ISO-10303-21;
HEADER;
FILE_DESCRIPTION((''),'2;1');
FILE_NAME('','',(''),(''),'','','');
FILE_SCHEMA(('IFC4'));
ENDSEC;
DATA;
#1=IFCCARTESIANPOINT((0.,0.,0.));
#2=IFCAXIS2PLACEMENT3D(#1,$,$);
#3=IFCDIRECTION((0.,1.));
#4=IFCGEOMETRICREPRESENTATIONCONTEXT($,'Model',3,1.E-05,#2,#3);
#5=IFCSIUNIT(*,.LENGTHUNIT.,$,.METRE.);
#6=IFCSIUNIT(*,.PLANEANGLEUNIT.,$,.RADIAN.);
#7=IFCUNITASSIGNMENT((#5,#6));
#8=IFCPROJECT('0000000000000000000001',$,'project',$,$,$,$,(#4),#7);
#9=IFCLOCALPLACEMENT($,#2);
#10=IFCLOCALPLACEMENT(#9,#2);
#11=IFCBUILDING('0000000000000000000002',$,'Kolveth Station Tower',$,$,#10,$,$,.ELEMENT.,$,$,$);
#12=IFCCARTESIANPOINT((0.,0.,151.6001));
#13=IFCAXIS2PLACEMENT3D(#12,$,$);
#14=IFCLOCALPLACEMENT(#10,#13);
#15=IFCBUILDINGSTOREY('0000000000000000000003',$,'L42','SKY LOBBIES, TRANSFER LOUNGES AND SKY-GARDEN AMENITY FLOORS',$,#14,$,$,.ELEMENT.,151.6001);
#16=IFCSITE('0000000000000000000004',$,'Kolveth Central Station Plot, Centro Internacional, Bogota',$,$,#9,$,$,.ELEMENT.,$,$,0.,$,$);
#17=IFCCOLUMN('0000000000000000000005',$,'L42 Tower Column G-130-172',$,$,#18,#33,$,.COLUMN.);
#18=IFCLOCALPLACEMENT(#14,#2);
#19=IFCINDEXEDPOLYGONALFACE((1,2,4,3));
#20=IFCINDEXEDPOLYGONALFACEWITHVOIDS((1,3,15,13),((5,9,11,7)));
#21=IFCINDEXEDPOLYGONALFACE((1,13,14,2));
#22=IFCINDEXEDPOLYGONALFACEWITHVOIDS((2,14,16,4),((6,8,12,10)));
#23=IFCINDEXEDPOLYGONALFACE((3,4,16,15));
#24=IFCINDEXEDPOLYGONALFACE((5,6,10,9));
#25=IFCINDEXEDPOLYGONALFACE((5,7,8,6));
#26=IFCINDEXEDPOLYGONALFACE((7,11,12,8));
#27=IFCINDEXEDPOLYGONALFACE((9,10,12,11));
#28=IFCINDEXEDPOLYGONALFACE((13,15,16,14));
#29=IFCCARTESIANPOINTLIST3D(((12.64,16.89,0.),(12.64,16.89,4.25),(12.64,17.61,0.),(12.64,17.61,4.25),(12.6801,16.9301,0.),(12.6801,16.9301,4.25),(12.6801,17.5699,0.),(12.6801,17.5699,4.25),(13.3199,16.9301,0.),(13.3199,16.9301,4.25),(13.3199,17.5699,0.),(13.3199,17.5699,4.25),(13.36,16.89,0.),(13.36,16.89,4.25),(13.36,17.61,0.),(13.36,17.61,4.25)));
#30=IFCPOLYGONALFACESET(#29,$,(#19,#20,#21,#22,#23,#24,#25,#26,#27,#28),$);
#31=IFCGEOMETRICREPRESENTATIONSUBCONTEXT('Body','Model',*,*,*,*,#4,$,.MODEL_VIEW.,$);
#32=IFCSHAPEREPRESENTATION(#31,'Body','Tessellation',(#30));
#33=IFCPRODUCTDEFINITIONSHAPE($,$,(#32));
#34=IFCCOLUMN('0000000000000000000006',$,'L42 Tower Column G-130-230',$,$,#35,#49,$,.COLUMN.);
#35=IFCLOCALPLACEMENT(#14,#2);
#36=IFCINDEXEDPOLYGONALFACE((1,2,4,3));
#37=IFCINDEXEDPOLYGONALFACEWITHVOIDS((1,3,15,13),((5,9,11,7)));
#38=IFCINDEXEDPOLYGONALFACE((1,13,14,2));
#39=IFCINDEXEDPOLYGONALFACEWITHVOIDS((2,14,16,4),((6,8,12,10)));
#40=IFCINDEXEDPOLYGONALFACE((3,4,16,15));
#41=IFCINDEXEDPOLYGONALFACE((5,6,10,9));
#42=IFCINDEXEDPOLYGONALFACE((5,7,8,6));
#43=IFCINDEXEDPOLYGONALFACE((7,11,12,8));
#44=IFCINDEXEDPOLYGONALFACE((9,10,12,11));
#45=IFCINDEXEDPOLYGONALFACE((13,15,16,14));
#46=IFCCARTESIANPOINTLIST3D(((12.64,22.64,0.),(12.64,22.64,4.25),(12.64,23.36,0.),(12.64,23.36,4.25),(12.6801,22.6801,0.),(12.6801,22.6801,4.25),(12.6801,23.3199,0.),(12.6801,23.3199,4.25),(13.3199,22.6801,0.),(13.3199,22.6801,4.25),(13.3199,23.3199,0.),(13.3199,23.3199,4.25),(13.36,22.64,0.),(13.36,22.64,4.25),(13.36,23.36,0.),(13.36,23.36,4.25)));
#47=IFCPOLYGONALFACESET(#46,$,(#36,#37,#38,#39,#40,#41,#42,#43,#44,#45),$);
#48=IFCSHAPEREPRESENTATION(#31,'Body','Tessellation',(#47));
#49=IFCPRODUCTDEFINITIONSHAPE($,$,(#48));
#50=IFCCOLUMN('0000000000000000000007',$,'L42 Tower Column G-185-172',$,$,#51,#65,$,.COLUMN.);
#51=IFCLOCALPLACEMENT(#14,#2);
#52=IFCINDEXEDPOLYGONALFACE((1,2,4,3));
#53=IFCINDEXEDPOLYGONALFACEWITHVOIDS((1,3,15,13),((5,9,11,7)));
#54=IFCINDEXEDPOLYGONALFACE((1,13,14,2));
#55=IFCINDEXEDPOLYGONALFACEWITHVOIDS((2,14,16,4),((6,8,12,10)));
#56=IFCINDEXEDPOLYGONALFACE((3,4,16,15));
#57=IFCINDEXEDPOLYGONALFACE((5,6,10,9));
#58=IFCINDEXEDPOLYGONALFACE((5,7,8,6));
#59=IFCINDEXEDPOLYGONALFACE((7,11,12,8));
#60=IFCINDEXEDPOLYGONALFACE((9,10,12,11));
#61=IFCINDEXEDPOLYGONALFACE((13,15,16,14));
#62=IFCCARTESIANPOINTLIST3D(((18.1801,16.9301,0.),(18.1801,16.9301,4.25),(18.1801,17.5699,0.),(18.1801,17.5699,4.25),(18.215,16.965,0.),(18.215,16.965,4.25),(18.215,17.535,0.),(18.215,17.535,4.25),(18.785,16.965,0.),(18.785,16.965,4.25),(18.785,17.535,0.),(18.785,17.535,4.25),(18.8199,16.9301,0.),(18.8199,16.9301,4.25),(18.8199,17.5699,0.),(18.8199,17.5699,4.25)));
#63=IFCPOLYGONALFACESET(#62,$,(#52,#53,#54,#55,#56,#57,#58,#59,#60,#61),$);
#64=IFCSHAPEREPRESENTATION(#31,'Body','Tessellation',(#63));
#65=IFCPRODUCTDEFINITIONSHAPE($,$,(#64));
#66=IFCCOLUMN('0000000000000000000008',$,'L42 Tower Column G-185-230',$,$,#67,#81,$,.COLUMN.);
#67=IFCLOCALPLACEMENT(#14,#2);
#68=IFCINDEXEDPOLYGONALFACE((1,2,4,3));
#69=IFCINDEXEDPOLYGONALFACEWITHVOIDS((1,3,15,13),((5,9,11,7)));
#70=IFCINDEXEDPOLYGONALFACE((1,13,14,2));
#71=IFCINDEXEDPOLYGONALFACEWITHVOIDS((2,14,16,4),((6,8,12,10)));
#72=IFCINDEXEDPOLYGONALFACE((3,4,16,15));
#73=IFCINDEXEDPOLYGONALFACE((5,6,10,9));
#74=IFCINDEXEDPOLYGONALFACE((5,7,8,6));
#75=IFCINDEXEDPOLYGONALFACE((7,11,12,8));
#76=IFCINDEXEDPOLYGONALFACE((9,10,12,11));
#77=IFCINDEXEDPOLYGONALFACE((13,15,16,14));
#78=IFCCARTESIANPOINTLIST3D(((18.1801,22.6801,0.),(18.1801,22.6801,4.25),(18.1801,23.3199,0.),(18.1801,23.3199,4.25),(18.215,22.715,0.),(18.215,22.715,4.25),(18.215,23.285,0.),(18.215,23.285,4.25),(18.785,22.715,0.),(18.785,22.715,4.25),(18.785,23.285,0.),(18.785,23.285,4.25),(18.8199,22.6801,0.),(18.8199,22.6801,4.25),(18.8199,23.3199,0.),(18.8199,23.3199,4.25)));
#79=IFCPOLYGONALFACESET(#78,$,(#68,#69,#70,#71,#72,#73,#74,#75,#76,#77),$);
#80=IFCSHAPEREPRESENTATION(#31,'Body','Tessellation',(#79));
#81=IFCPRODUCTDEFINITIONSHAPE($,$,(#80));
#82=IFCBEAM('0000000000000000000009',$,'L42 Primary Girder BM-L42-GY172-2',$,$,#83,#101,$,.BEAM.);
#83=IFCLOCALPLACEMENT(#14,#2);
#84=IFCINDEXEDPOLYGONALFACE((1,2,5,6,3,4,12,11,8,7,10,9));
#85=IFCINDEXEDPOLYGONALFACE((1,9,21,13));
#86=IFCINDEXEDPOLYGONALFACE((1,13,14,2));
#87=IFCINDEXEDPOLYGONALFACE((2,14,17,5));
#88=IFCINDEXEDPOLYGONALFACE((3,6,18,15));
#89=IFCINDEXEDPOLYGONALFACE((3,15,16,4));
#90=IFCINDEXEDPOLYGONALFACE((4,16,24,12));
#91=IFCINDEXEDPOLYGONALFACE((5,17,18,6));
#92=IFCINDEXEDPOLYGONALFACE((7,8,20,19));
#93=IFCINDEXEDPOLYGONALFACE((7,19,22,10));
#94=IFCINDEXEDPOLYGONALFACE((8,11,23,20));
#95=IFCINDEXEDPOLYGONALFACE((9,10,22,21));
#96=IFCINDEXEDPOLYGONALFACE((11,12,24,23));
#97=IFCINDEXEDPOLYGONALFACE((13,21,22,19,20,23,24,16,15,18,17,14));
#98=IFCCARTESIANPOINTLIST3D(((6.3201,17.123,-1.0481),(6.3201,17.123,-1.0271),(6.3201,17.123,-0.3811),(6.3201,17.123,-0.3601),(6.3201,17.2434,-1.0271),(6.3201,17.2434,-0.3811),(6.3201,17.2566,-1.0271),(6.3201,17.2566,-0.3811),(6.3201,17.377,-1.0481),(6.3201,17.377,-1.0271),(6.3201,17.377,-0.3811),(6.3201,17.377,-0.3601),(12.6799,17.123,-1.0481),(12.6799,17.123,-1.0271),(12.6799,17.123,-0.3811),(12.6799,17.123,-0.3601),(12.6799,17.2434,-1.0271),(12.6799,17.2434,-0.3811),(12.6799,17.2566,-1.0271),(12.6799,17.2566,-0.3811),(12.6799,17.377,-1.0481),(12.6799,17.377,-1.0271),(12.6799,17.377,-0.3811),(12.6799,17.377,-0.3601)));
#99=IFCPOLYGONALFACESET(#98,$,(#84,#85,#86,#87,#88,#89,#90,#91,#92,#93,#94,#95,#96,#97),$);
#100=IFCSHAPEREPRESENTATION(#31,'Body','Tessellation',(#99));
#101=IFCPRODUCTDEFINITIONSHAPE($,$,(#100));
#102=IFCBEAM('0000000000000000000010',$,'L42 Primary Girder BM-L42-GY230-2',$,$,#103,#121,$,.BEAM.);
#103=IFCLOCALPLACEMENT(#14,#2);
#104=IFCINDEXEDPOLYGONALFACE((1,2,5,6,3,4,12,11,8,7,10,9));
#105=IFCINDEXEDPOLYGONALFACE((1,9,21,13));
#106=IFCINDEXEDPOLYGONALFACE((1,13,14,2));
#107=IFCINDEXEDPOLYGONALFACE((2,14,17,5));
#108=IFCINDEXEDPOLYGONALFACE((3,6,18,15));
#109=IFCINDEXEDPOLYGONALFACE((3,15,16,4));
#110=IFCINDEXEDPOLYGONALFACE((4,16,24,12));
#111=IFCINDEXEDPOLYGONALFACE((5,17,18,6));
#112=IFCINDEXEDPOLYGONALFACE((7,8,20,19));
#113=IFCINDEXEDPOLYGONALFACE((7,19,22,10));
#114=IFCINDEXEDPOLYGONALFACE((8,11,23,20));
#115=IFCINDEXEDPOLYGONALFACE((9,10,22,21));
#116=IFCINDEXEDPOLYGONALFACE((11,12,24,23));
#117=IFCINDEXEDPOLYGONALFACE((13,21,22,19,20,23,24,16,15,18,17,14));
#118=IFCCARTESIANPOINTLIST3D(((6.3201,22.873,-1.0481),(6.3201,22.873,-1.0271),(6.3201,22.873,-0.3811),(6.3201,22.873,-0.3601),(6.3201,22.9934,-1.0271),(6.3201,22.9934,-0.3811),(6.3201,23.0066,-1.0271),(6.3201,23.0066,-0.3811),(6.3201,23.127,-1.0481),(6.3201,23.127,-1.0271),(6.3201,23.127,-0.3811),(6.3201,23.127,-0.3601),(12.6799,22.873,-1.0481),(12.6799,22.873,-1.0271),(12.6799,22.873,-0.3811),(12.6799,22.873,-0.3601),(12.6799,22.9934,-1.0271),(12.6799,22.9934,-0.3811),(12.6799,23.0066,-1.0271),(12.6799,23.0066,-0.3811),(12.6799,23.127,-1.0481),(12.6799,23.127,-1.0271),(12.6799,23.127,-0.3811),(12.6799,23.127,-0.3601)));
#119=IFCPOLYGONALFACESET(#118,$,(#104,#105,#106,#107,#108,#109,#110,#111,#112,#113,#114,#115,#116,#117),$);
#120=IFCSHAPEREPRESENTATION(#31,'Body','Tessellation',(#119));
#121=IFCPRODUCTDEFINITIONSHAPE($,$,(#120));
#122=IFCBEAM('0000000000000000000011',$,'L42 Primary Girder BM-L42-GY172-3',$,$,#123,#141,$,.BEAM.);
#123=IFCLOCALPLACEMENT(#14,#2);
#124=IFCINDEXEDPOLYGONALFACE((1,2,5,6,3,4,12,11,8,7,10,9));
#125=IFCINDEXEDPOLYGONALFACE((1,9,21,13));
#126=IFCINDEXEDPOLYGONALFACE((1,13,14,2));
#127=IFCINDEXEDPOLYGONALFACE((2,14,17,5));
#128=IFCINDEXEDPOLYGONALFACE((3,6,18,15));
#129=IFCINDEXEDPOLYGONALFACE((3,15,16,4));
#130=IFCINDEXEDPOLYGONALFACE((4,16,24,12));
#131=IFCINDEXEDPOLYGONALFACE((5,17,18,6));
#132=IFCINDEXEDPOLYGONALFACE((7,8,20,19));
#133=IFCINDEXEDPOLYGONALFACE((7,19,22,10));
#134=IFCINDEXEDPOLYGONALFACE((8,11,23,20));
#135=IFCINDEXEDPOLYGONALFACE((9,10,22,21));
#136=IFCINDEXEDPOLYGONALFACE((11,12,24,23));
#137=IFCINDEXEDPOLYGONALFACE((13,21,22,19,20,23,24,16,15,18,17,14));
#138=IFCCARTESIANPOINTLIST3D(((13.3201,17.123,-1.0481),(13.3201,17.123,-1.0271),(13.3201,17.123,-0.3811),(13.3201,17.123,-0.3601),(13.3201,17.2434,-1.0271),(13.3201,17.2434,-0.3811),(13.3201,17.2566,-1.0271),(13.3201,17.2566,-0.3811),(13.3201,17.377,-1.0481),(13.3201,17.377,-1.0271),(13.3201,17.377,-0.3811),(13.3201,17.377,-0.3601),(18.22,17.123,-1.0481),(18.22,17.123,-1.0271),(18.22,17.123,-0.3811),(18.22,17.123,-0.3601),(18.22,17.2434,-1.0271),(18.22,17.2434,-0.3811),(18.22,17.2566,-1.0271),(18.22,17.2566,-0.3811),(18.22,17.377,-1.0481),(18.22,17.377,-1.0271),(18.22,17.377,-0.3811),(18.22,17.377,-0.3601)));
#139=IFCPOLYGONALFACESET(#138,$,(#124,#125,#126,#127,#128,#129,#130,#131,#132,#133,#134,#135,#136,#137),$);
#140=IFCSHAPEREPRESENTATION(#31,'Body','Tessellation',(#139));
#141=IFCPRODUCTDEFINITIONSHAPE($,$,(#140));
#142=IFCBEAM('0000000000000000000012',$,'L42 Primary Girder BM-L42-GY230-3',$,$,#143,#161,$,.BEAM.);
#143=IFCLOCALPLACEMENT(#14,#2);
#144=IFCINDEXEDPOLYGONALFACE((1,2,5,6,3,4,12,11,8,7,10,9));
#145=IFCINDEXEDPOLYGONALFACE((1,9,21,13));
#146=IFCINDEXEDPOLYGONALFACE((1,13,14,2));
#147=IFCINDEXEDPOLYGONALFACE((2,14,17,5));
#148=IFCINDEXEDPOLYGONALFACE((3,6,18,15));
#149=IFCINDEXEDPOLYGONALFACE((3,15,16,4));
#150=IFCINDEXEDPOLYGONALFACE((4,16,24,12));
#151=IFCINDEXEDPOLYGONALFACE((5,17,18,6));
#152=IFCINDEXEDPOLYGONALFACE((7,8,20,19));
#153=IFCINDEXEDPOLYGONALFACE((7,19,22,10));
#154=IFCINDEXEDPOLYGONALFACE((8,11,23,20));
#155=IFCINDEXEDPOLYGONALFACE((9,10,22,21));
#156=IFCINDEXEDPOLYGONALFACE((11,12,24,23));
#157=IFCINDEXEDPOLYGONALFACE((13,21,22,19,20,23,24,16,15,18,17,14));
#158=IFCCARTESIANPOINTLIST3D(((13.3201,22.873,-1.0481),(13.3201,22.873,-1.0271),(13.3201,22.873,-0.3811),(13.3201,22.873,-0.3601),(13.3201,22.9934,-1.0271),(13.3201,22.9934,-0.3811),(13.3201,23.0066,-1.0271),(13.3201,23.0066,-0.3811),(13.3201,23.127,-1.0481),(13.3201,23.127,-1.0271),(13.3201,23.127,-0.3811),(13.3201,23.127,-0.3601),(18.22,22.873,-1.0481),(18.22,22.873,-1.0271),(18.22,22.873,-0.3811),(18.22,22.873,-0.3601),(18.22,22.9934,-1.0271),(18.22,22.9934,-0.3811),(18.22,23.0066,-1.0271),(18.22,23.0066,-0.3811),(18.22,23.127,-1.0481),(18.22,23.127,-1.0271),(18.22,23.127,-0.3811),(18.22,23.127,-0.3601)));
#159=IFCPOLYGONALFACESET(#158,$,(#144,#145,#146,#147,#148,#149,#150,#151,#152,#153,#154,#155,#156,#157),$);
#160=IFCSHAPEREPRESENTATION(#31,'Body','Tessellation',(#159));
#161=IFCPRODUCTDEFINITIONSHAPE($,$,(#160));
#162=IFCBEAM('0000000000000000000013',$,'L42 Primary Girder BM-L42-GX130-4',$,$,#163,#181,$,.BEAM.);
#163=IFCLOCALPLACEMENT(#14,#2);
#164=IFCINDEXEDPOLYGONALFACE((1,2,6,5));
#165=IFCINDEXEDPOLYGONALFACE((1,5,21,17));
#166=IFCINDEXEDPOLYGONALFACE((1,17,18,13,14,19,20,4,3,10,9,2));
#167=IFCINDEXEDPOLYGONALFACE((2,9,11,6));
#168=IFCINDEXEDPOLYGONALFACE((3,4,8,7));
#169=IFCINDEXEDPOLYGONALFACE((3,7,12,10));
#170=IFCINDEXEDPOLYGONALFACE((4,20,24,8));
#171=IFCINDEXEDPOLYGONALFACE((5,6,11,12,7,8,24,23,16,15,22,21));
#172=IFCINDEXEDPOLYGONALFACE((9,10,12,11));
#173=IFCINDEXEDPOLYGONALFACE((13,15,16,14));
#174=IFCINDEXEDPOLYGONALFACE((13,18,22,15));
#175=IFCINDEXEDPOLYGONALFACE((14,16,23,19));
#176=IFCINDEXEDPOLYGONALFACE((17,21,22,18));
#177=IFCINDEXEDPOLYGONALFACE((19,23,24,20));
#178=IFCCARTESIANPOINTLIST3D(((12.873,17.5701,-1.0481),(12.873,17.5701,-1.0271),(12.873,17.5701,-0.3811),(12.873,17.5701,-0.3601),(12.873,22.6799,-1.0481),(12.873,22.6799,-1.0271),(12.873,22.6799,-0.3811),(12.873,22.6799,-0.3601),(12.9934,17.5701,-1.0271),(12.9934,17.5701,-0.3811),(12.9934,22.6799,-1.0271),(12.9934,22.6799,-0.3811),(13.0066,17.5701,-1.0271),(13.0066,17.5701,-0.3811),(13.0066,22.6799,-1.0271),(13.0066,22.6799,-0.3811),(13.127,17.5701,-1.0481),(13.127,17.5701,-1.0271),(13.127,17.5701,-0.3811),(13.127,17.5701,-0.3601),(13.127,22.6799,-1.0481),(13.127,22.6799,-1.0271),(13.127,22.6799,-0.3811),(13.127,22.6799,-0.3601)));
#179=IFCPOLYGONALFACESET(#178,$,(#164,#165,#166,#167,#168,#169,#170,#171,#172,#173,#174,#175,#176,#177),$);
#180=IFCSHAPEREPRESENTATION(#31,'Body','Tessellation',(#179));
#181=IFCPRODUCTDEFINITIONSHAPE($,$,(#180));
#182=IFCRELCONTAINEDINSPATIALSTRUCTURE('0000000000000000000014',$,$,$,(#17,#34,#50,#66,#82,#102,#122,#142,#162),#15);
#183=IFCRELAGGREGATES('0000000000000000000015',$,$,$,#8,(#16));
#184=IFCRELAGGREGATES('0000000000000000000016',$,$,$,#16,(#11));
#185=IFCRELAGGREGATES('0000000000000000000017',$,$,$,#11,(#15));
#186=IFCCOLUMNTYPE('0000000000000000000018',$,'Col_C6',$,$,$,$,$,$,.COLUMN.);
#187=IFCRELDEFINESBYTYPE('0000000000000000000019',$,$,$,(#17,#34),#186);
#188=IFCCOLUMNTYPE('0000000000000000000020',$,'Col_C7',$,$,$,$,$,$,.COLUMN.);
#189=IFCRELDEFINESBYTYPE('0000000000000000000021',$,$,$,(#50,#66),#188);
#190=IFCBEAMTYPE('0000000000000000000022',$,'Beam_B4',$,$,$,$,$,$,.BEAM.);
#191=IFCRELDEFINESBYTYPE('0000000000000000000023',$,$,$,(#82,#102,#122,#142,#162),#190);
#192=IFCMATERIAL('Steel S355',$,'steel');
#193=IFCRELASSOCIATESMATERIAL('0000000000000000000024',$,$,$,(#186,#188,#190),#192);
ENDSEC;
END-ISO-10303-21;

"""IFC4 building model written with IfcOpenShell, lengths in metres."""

from ifc_helpers import new_model, si_unit, direction, frame, origin, origin_2d, place, context, subcontext, project, spatial, hollow_rectangle, i_section, extrude, source, transform, mapped, material, material_profile, profile_set, type_object, element, save


model = new_model("IFC4")

# Units and contexts
model_context = context("Model", 3, precision=1e-05, world=origin(), true_north=direction((0.0, 1.0)))
body_context = subcontext(model_context, "Body", "Model", "MODEL_VIEW")
ifc_project = project(units=[si_unit("LENGTHUNIT", "METRE"), si_unit("PLANEANGLEUNIT", "RADIAN")], contexts=[model_context])

# Site, building, storey
site_placement = place(None, origin())
site = spatial("IfcSite", under=ifc_project, at=site_placement, Name="Kolveth Central Station Plot, Centro Internacional, Bogota", CompositionType="ELEMENT", RefElevation=0.0)
building_placement = place(site_placement, origin())
building = spatial("IfcBuilding", under=site, at=building_placement, Name="Kolveth Station Tower", CompositionType="ELEMENT")
storey_placement = place(building_placement, frame((0.0, 0.0, 151.6001)))
storey = spatial("IfcBuildingStorey", under=building, at=storey_placement, Name="L42", Description="SKY LOBBIES, TRANSFER LOUNGES AND SKY-GARDEN AMENITY FLOORS", CompositionType="ELEMENT", Elevation=151.6001)

# Columns
ifc_material_1 = material(Name="Steel S355", Category="steel")
ifc_material_profile_1 = material_profile(ifc_material_1, hollow_rectangle(XDim=0.72, YDim=0.72, WallThickness=0.04, at=origin_2d()), Name="BOX720x720x40")
ifc_profile_set_1 = profile_set([ifc_material_profile_1], Name="Steel S355")
column_type_1 = type_object("IfcColumnType", Name="Col_C6", PredefinedType="COLUMN", material=ifc_profile_set_1)
shared_shape_1 = source(origin(), body_context, "Body", "SweptSolid", [
    extrude(hollow_rectangle(XDim=0.72, YDim=0.72, WallThickness=0.04, at=origin_2d()), origin(), (0.0, 0.0, 1.0), 4.25),
])
for number, where, z_axis, x_axis, name in (
    (1, (13.0, 17.25, 0.0), (0.0, 0.0, 1.0), (1.0, 0.0, 0.0), "L42 Tower Column G-130-172"),
    (2, (13.0, 23.0, 0.0), (0.0, 0.0, 1.0), (1.0, 0.0, 0.0), "L42 Tower Column G-130-230"),
):
    element("IfcColumn", number, at=place(storey_placement, frame(where, z_axis=z_axis, x_axis=x_axis)), inside=storey, type_object=column_type_1, Name=name, PredefinedType="COLUMN", context=body_context, shape_type="MappedRepresentation", body=[
        mapped(shared_shape_1, transform((0.0, 0.0, 0.0), x_axis=(1.0, 0.0, 0.0), y_axis=(0.0, 1.0, 0.0), z_axis=(0.0, 0.0, 1.0), scale=1.0)),
    ])
ifc_material_profile_2 = material_profile(ifc_material_1, hollow_rectangle(XDim=0.6399, YDim=0.6399, WallThickness=0.0349, at=origin_2d()), Name="BOX640x640x35")
ifc_profile_set_2 = profile_set([ifc_material_profile_2], Name="Steel S355")
column_type_2 = type_object("IfcColumnType", Name="Col_C7", PredefinedType="COLUMN", material=ifc_profile_set_2)
shared_shape_2 = source(origin(), body_context, "Body", "SweptSolid", [
    extrude(hollow_rectangle(XDim=0.6399, YDim=0.6399, WallThickness=0.0349, at=origin_2d()), origin(), (0.0, 0.0, 1.0), 4.25),
])
for number, where, z_axis, x_axis, name in (
    (3, (18.5, 17.25, 0.0), (0.0, 0.0, 1.0), (1.0, 0.0, 0.0), "L42 Tower Column G-185-172"),
    (4, (18.5, 23.0, 0.0), (0.0, 0.0, 1.0), (1.0, 0.0, 0.0), "L42 Tower Column G-185-230"),
):
    element("IfcColumn", number, at=place(storey_placement, frame(where, z_axis=z_axis, x_axis=x_axis)), inside=storey, type_object=column_type_2, Name=name, PredefinedType="COLUMN", context=body_context, shape_type="MappedRepresentation", body=[
        mapped(shared_shape_2, transform((0.0, 0.0, 0.0), x_axis=(1.0, 0.0, 0.0), y_axis=(0.0, 1.0, 0.0), z_axis=(0.0, 0.0, 1.0), scale=1.0)),
    ])

# Beams
ifc_material_profile_3 = material_profile(ifc_material_1, i_section(OverallWidth=0.2539, OverallDepth=0.688, WebThickness=0.0132, FlangeThickness=0.021, at=origin_2d()), Name="W690x152")
ifc_profile_set_3 = profile_set([ifc_material_profile_3], Name="Steel S355")
beam_type_1 = type_object("IfcBeamType", Name="Beam_B4", PredefinedType="BEAM", material=ifc_profile_set_3)
shared_shape_3 = source(origin(), body_context, "Body", "SweptSolid", [
    extrude(i_section(OverallWidth=0.2539, OverallDepth=0.688, WebThickness=0.0132, FlangeThickness=0.021, at=origin_2d()), origin(), (0.0, 0.0, 1.0), 6.3599),
])
for number, where, z_axis, x_axis, name in (
    (5, (6.3201, 17.25, -0.7041), (1.0, 0.0, 0.0), (0.0, 1.0, 0.0), "L42 Primary Girder BM-L42-GY172-2"),
    (6, (6.3201, 23.0, -0.7041), (1.0, 0.0, 0.0), (0.0, 1.0, 0.0), "L42 Primary Girder BM-L42-GY230-2"),
):
    element("IfcBeam", number, at=place(storey_placement, frame(where, z_axis=z_axis, x_axis=x_axis)), inside=storey, type_object=beam_type_1, Name=name, PredefinedType="BEAM", context=body_context, shape_type="MappedRepresentation", body=[
        mapped(shared_shape_3, transform((0.0, 0.0, 0.0), x_axis=(1.0, 0.0, 0.0), y_axis=(0.0, 1.0, 0.0), z_axis=(0.0, 0.0, 1.0), scale=1.0)),
    ])
shared_shape_4 = source(origin(), body_context, "Body", "SweptSolid", [
    extrude(i_section(OverallWidth=0.2539, OverallDepth=0.688, WebThickness=0.0132, FlangeThickness=0.021, at=origin_2d()), origin(), (0.0, 0.0, 1.0), 4.8999),
])
for number, where, z_axis, x_axis, name in (
    (7, (13.3201, 17.25, -0.7041), (1.0, 0.0, 0.0), (0.0, 1.0, 0.0), "L42 Primary Girder BM-L42-GY172-3"),
    (8, (13.3201, 23.0, -0.7041), (1.0, 0.0, 0.0), (0.0, 1.0, 0.0), "L42 Primary Girder BM-L42-GY230-3"),
):
    element("IfcBeam", number, at=place(storey_placement, frame(where, z_axis=z_axis, x_axis=x_axis)), inside=storey, type_object=beam_type_1, Name=name, PredefinedType="BEAM", context=body_context, shape_type="MappedRepresentation", body=[
        mapped(shared_shape_4, transform((0.0, 0.0, 0.0), x_axis=(1.0, 0.0, 0.0), y_axis=(0.0, 1.0, 0.0), z_axis=(0.0, 0.0, 1.0), scale=1.0)),
    ])
shared_shape_5 = source(origin(), body_context, "Body", "SweptSolid", [
    extrude(i_section(OverallWidth=0.2539, OverallDepth=0.688, WebThickness=0.0132, FlangeThickness=0.021, at=origin_2d()), origin(), (0.0, 0.0, 1.0), 5.1099),
])
for number, where, z_axis, x_axis, name in (
    (9, (13.0, 17.5701, -0.7041), (0.0, 1.0, 0.0), (-1.0, 0.0, 0.0), "L42 Primary Girder BM-L42-GX130-4"),
):
    element("IfcBeam", number, at=place(storey_placement, frame(where, z_axis=z_axis, x_axis=x_axis)), inside=storey, type_object=beam_type_1, Name=name, PredefinedType="BEAM", context=body_context, shape_type="MappedRepresentation", body=[
        mapped(shared_shape_5, transform((0.0, 0.0, 0.0), x_axis=(1.0, 0.0, 0.0), y_axis=(0.0, 1.0, 0.0), z_axis=(0.0, 0.0, 1.0), scale=1.0)),
    ])

save(model, "model.ifc")
